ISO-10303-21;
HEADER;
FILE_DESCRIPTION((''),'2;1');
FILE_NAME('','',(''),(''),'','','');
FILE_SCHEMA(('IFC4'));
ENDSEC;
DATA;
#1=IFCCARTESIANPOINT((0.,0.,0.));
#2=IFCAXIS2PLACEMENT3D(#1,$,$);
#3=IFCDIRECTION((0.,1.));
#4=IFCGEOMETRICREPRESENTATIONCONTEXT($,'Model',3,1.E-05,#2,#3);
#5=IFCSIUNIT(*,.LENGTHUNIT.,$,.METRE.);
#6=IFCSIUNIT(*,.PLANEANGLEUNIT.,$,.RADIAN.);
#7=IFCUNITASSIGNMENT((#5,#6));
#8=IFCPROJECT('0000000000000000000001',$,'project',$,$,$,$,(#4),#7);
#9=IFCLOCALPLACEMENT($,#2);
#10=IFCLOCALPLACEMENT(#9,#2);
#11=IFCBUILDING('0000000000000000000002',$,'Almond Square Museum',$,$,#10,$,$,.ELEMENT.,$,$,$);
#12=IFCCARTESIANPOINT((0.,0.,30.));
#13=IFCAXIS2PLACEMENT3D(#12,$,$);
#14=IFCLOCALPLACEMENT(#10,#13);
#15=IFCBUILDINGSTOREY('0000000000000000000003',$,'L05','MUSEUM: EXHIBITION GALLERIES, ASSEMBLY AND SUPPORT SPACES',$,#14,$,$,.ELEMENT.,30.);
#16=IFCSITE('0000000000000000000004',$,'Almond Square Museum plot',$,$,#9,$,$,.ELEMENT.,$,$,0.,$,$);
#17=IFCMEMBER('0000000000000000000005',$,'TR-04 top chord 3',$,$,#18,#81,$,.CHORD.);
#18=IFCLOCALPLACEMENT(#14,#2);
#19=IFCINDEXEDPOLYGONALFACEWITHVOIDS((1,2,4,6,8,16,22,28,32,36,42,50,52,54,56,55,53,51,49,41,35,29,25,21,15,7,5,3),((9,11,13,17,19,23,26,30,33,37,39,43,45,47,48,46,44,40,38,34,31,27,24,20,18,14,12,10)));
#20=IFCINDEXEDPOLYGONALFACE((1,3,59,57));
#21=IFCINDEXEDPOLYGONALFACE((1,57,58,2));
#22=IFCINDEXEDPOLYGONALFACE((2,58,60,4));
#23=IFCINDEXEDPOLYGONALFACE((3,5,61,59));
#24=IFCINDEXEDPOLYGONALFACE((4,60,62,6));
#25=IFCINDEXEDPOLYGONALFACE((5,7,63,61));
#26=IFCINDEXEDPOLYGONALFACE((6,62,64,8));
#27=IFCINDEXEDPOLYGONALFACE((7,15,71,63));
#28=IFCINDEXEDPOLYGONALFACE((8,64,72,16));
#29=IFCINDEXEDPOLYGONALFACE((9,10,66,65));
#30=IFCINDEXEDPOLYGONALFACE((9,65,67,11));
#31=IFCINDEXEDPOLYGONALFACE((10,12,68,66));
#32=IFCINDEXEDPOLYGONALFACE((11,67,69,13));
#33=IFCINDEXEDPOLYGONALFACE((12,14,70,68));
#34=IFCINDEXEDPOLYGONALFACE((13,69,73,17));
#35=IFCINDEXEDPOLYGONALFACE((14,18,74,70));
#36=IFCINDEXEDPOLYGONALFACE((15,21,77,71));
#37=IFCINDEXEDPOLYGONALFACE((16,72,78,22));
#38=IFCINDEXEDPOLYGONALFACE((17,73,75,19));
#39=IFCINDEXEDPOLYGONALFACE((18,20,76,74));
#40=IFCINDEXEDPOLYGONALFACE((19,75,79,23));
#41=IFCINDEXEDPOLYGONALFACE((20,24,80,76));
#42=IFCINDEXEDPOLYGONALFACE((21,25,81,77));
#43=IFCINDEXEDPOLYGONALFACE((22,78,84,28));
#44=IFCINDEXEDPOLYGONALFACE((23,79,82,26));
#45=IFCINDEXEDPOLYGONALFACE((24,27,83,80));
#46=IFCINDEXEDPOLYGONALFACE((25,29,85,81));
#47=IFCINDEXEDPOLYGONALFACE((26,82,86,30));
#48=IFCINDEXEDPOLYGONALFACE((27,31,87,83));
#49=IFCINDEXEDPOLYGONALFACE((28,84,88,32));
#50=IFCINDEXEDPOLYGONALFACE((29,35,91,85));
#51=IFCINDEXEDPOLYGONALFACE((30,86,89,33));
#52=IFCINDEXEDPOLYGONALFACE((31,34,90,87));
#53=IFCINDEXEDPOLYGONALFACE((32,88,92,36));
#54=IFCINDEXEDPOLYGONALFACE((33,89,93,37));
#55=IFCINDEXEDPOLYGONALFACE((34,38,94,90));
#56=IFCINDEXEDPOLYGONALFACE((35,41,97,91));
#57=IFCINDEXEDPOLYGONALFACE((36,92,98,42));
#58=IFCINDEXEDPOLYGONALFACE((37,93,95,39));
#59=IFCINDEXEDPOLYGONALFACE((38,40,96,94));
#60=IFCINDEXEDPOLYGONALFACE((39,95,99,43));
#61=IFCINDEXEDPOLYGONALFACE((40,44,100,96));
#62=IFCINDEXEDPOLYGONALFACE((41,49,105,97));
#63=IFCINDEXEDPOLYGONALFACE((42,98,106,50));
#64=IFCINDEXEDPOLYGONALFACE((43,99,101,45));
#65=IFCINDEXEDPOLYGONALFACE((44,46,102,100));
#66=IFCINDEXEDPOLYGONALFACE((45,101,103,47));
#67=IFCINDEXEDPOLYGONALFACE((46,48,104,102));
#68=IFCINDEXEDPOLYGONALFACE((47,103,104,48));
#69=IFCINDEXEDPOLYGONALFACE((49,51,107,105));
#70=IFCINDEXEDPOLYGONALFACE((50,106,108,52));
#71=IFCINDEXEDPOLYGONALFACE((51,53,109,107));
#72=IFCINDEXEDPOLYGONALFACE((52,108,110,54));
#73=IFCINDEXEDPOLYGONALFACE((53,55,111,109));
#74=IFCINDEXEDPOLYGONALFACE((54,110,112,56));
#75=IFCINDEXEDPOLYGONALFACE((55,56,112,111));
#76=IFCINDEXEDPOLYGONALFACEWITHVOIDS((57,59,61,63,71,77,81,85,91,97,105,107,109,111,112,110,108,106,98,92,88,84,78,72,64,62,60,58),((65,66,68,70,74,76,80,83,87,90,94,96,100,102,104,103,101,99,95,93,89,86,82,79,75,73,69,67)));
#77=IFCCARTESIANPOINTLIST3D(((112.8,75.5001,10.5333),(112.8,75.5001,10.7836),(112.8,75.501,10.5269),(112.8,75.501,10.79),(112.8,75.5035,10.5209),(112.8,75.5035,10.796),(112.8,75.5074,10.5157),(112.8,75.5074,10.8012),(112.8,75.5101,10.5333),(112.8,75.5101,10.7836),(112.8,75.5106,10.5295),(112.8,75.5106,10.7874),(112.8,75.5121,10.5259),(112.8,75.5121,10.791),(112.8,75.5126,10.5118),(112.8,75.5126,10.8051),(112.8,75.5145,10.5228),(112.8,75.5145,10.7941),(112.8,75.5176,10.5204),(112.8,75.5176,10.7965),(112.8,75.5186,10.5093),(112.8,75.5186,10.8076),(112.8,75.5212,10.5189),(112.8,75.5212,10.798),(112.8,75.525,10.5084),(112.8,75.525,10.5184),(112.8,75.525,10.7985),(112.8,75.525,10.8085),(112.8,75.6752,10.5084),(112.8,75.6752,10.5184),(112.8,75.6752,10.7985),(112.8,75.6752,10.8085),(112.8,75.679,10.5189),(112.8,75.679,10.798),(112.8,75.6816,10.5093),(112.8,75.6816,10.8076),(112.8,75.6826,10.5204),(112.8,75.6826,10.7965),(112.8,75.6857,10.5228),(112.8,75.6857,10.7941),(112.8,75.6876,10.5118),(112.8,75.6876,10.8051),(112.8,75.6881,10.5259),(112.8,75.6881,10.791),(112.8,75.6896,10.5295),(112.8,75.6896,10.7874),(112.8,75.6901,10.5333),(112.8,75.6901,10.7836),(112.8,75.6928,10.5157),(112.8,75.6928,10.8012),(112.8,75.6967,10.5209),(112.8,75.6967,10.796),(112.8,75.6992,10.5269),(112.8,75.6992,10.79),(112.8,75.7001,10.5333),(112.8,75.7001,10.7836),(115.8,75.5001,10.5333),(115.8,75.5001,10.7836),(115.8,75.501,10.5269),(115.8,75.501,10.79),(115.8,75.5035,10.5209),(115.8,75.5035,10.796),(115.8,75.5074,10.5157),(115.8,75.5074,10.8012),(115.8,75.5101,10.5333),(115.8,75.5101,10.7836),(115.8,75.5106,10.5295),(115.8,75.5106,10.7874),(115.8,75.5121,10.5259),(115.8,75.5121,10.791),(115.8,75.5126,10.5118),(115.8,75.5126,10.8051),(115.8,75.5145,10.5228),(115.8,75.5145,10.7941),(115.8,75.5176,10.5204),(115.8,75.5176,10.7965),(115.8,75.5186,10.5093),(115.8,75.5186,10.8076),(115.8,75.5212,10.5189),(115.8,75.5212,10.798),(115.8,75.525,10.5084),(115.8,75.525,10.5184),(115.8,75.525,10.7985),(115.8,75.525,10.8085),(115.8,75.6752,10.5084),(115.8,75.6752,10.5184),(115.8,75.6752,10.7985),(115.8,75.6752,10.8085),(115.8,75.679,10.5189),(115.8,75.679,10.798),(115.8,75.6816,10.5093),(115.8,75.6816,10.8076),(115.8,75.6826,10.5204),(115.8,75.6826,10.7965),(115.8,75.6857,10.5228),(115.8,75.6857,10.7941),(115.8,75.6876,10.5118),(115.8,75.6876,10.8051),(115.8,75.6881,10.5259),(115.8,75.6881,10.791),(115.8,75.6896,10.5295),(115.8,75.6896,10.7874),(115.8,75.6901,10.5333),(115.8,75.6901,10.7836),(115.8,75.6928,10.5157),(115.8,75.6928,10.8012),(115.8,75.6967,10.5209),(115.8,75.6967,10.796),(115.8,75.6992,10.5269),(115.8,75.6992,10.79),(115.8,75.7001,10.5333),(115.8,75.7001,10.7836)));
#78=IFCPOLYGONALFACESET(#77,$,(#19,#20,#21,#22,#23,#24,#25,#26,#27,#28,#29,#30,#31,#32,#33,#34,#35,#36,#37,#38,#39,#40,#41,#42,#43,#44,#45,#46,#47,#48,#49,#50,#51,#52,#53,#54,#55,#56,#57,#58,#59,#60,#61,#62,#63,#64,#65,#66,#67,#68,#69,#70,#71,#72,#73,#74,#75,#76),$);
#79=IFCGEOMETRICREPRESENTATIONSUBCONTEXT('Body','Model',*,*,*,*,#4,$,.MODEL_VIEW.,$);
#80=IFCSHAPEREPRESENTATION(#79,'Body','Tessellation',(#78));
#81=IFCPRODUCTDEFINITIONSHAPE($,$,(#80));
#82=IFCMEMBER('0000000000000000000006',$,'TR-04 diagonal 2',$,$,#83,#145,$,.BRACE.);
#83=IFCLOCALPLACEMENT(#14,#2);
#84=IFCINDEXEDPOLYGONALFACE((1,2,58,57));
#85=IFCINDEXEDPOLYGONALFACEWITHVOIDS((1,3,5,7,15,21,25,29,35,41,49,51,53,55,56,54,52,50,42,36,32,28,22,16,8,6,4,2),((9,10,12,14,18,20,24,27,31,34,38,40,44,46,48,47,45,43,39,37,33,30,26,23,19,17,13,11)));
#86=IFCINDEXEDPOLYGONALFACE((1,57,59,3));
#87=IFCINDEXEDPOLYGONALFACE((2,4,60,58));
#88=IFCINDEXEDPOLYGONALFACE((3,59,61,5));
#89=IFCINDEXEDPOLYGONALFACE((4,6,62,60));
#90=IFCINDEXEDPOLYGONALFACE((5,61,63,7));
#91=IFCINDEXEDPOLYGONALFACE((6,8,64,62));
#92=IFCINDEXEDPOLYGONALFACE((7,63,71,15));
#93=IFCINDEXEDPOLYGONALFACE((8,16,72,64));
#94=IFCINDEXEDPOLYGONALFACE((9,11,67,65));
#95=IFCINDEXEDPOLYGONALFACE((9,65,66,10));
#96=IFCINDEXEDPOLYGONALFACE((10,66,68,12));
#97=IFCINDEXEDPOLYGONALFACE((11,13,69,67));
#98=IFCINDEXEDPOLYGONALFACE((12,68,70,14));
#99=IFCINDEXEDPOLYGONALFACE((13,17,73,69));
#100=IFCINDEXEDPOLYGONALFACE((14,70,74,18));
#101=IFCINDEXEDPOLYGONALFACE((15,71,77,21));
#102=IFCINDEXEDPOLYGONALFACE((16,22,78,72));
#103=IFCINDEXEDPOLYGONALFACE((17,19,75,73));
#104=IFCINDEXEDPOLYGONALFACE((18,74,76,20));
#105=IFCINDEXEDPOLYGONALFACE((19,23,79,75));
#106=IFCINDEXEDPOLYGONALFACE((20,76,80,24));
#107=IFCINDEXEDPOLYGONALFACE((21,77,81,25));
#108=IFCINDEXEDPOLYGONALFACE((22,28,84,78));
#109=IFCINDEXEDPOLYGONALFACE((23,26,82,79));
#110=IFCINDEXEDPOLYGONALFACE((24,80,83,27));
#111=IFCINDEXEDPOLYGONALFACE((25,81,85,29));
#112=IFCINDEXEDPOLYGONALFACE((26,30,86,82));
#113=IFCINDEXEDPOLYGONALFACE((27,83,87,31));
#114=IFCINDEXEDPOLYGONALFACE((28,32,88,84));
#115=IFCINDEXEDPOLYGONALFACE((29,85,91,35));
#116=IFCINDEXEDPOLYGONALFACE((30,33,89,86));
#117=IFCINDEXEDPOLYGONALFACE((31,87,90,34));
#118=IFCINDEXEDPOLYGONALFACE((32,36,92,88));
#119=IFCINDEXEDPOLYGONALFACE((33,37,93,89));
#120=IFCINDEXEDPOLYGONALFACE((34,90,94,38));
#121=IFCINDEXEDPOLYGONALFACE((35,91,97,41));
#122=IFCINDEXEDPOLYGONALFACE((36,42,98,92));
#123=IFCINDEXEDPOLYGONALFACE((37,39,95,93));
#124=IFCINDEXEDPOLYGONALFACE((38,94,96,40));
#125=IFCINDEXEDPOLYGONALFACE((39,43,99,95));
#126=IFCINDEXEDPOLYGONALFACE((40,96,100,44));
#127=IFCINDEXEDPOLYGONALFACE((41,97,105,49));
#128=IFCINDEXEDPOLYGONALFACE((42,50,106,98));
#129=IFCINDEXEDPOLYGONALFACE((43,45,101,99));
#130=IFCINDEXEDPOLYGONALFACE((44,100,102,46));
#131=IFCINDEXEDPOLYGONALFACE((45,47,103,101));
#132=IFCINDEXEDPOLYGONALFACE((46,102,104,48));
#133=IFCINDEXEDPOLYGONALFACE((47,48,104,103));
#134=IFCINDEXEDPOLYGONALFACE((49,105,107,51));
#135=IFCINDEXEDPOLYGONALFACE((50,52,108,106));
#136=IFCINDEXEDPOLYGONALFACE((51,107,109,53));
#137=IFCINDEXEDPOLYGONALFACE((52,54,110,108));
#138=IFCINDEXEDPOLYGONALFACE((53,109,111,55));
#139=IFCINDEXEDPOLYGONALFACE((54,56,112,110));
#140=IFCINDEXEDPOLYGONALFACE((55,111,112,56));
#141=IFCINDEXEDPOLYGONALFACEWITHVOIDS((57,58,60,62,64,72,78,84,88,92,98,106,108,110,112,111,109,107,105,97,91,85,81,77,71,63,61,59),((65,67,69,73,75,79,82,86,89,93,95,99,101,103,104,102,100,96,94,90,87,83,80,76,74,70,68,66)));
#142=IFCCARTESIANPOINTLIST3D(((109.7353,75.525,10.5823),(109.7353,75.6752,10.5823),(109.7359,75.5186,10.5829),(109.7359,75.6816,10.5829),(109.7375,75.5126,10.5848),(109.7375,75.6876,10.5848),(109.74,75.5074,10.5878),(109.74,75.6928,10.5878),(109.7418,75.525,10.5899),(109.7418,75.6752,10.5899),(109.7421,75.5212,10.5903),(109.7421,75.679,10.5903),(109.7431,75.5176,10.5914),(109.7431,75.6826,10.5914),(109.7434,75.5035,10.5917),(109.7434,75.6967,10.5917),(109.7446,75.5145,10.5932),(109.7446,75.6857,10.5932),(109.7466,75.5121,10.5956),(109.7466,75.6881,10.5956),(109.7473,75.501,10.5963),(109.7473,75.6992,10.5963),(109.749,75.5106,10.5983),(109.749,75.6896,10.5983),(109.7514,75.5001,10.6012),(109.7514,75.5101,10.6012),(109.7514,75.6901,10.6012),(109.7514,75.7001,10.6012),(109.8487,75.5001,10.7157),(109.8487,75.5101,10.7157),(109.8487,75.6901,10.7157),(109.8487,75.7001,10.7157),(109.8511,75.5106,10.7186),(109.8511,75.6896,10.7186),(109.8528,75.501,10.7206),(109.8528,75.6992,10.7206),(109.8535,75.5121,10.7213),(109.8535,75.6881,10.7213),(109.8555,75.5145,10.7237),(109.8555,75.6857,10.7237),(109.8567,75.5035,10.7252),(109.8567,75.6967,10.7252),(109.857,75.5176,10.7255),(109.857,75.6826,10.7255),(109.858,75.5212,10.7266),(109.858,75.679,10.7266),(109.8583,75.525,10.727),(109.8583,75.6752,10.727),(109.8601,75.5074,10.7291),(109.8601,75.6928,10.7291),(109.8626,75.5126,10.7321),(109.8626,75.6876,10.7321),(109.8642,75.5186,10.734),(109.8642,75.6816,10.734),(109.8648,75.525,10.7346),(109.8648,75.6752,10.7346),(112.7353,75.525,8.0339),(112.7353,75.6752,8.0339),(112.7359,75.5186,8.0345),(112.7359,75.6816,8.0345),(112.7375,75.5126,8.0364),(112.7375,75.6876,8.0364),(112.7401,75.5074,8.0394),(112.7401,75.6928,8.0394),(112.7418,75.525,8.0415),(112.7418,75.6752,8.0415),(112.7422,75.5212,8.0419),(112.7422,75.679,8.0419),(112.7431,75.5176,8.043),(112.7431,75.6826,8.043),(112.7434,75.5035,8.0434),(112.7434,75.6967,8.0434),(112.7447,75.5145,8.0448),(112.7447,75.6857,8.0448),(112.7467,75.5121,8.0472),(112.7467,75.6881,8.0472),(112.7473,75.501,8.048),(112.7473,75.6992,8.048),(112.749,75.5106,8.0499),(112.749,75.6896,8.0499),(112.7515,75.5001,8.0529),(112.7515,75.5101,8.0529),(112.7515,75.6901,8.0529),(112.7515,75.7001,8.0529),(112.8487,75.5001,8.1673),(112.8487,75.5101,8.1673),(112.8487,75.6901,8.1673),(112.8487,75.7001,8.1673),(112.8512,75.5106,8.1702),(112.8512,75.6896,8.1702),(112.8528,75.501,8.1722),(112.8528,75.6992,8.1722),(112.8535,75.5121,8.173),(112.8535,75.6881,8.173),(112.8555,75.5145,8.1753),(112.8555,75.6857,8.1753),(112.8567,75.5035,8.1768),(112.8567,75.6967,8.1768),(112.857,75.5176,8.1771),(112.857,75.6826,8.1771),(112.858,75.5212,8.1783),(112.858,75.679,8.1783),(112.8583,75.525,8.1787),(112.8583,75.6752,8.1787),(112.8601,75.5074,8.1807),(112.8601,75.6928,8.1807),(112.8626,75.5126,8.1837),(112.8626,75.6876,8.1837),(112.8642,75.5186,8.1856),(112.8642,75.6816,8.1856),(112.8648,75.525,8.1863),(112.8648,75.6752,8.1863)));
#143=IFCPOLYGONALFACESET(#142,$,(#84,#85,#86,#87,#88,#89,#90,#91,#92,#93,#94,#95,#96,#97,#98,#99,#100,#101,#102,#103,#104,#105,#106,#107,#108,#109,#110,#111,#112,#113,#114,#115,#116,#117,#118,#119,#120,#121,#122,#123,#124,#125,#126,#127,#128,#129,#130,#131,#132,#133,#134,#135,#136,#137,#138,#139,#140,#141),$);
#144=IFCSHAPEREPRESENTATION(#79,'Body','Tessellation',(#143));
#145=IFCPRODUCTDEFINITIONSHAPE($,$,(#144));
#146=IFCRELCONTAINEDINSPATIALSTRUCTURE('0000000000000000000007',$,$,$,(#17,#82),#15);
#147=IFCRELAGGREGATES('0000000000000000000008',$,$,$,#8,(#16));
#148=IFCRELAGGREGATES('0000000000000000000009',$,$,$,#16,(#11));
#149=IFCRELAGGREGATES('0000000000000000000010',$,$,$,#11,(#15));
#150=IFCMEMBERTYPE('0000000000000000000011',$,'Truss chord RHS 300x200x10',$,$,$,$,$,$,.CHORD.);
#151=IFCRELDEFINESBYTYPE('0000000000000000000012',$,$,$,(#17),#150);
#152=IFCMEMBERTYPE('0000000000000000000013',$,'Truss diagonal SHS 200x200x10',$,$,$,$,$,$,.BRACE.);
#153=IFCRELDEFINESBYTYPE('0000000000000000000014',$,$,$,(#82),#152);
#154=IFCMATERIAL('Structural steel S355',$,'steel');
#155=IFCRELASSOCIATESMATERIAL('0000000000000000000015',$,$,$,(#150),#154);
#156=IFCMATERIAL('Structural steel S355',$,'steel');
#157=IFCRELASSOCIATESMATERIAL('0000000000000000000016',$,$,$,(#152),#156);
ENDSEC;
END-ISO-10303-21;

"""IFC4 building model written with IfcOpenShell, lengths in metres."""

from ifc_helpers import new_model, si_unit, direction, frame, origin, origin_2d, place, context, subcontext, project, spatial, hollow_rectangle, extrude, material, material_profile, profile_set, type_object, element, save


model = new_model("IFC4")

# Units and contexts
model_context = context("Model", 3, precision=1e-05, world=origin(), true_north=direction((0.0, 1.0)))
body_context = subcontext(model_context, "Body", "Model", "MODEL_VIEW")
ifc_project = project(units=[si_unit("LENGTHUNIT", "METRE"), si_unit("PLANEANGLEUNIT", "RADIAN")], contexts=[model_context])

# Site, building, storey
site_placement = place(None, origin())
site = spatial("IfcSite", under=ifc_project, at=site_placement, Name="Almond Square Museum plot", CompositionType="ELEMENT", RefElevation=0.0)
building_placement = place(site_placement, origin())
building = spatial("IfcBuilding", under=site, at=building_placement, Name="Almond Square Museum", CompositionType="ELEMENT")
storey_placement = place(building_placement, frame((0.0, 0.0, 30.0)))
storey = spatial("IfcBuildingStorey", under=building, at=storey_placement, Name="L05", Description="MUSEUM: EXHIBITION GALLERIES, ASSEMBLY AND SUPPORT SPACES", CompositionType="ELEMENT", Elevation=30.0)

# Members
ifc_material_1 = material(Name="Structural steel S355", Category="steel")
ifc_material_profile_1 = material_profile(ifc_material_1, hollow_rectangle(XDim=0.2, YDim=0.3, WallThickness=0.01, InnerFilletRadius=0.0149, OuterFilletRadius=0.0249, at=origin_2d()))
ifc_profile_set_1 = profile_set([ifc_material_profile_1], Name="Structural steel S355")
member_type_1 = type_object("IfcMemberType", Name="Truss chord RHS 300x200x10", PredefinedType="CHORD", material=ifc_profile_set_1)
for number, where, z_axis, x_axis, name in (
    (1, (112.8, 75.6001, 10.6584), (1.0, 0.0, 0.0), (0.0, 1.0, 0.0), "TR-04 top chord 3"),
):
    element("IfcMember", number, at=place(storey_placement, frame(where, z_axis=z_axis, x_axis=x_axis)), inside=storey, type_object=member_type_1, Name=name, PredefinedType="CHORD", context=body_context, shape_type="SweptSolid", body=[
        extrude(hollow_rectangle(XDim=0.2, YDim=0.3, WallThickness=0.01, InnerFilletRadius=0.0149, OuterFilletRadius=0.0249, at=origin_2d()), origin(), (0.0, 0.0, 1.0), 3.0),
    ])
ifc_material_2 = material(Name="Structural steel S355", Category="steel")
ifc_material_profile_2 = material_profile(ifc_material_2, hollow_rectangle(XDim=0.2, YDim=0.2, WallThickness=0.01, InnerFilletRadius=0.0149, OuterFilletRadius=0.0249, at=origin_2d()))
ifc_profile_set_2 = profile_set([ifc_material_profile_2], Name="Structural steel S355")
member_type_2 = type_object("IfcMemberType", Name="Truss diagonal SHS 200x200x10", PredefinedType="BRACE", material=ifc_profile_set_2)
for number, where, z_axis, x_axis, name in (
    (2, (109.8, 75.6001, 10.6584), (0.762147, 0.0, -0.647404), (0.0, 1.0, 0.0), "TR-04 diagonal 2"),
):
    element("IfcMember", number, at=place(storey_placement, frame(where, z_axis=z_axis, x_axis=x_axis)), inside=storey, type_object=member_type_2, Name=name, PredefinedType="BRACE", context=body_context, shape_type="SweptSolid", body=[
        extrude(hollow_rectangle(XDim=0.2, YDim=0.2, WallThickness=0.01, InnerFilletRadius=0.0149, OuterFilletRadius=0.0249, at=origin_2d()), origin(), (0.0, 0.0, 1.0), 3.9363),
    ])

save(model, "model.ifc")
